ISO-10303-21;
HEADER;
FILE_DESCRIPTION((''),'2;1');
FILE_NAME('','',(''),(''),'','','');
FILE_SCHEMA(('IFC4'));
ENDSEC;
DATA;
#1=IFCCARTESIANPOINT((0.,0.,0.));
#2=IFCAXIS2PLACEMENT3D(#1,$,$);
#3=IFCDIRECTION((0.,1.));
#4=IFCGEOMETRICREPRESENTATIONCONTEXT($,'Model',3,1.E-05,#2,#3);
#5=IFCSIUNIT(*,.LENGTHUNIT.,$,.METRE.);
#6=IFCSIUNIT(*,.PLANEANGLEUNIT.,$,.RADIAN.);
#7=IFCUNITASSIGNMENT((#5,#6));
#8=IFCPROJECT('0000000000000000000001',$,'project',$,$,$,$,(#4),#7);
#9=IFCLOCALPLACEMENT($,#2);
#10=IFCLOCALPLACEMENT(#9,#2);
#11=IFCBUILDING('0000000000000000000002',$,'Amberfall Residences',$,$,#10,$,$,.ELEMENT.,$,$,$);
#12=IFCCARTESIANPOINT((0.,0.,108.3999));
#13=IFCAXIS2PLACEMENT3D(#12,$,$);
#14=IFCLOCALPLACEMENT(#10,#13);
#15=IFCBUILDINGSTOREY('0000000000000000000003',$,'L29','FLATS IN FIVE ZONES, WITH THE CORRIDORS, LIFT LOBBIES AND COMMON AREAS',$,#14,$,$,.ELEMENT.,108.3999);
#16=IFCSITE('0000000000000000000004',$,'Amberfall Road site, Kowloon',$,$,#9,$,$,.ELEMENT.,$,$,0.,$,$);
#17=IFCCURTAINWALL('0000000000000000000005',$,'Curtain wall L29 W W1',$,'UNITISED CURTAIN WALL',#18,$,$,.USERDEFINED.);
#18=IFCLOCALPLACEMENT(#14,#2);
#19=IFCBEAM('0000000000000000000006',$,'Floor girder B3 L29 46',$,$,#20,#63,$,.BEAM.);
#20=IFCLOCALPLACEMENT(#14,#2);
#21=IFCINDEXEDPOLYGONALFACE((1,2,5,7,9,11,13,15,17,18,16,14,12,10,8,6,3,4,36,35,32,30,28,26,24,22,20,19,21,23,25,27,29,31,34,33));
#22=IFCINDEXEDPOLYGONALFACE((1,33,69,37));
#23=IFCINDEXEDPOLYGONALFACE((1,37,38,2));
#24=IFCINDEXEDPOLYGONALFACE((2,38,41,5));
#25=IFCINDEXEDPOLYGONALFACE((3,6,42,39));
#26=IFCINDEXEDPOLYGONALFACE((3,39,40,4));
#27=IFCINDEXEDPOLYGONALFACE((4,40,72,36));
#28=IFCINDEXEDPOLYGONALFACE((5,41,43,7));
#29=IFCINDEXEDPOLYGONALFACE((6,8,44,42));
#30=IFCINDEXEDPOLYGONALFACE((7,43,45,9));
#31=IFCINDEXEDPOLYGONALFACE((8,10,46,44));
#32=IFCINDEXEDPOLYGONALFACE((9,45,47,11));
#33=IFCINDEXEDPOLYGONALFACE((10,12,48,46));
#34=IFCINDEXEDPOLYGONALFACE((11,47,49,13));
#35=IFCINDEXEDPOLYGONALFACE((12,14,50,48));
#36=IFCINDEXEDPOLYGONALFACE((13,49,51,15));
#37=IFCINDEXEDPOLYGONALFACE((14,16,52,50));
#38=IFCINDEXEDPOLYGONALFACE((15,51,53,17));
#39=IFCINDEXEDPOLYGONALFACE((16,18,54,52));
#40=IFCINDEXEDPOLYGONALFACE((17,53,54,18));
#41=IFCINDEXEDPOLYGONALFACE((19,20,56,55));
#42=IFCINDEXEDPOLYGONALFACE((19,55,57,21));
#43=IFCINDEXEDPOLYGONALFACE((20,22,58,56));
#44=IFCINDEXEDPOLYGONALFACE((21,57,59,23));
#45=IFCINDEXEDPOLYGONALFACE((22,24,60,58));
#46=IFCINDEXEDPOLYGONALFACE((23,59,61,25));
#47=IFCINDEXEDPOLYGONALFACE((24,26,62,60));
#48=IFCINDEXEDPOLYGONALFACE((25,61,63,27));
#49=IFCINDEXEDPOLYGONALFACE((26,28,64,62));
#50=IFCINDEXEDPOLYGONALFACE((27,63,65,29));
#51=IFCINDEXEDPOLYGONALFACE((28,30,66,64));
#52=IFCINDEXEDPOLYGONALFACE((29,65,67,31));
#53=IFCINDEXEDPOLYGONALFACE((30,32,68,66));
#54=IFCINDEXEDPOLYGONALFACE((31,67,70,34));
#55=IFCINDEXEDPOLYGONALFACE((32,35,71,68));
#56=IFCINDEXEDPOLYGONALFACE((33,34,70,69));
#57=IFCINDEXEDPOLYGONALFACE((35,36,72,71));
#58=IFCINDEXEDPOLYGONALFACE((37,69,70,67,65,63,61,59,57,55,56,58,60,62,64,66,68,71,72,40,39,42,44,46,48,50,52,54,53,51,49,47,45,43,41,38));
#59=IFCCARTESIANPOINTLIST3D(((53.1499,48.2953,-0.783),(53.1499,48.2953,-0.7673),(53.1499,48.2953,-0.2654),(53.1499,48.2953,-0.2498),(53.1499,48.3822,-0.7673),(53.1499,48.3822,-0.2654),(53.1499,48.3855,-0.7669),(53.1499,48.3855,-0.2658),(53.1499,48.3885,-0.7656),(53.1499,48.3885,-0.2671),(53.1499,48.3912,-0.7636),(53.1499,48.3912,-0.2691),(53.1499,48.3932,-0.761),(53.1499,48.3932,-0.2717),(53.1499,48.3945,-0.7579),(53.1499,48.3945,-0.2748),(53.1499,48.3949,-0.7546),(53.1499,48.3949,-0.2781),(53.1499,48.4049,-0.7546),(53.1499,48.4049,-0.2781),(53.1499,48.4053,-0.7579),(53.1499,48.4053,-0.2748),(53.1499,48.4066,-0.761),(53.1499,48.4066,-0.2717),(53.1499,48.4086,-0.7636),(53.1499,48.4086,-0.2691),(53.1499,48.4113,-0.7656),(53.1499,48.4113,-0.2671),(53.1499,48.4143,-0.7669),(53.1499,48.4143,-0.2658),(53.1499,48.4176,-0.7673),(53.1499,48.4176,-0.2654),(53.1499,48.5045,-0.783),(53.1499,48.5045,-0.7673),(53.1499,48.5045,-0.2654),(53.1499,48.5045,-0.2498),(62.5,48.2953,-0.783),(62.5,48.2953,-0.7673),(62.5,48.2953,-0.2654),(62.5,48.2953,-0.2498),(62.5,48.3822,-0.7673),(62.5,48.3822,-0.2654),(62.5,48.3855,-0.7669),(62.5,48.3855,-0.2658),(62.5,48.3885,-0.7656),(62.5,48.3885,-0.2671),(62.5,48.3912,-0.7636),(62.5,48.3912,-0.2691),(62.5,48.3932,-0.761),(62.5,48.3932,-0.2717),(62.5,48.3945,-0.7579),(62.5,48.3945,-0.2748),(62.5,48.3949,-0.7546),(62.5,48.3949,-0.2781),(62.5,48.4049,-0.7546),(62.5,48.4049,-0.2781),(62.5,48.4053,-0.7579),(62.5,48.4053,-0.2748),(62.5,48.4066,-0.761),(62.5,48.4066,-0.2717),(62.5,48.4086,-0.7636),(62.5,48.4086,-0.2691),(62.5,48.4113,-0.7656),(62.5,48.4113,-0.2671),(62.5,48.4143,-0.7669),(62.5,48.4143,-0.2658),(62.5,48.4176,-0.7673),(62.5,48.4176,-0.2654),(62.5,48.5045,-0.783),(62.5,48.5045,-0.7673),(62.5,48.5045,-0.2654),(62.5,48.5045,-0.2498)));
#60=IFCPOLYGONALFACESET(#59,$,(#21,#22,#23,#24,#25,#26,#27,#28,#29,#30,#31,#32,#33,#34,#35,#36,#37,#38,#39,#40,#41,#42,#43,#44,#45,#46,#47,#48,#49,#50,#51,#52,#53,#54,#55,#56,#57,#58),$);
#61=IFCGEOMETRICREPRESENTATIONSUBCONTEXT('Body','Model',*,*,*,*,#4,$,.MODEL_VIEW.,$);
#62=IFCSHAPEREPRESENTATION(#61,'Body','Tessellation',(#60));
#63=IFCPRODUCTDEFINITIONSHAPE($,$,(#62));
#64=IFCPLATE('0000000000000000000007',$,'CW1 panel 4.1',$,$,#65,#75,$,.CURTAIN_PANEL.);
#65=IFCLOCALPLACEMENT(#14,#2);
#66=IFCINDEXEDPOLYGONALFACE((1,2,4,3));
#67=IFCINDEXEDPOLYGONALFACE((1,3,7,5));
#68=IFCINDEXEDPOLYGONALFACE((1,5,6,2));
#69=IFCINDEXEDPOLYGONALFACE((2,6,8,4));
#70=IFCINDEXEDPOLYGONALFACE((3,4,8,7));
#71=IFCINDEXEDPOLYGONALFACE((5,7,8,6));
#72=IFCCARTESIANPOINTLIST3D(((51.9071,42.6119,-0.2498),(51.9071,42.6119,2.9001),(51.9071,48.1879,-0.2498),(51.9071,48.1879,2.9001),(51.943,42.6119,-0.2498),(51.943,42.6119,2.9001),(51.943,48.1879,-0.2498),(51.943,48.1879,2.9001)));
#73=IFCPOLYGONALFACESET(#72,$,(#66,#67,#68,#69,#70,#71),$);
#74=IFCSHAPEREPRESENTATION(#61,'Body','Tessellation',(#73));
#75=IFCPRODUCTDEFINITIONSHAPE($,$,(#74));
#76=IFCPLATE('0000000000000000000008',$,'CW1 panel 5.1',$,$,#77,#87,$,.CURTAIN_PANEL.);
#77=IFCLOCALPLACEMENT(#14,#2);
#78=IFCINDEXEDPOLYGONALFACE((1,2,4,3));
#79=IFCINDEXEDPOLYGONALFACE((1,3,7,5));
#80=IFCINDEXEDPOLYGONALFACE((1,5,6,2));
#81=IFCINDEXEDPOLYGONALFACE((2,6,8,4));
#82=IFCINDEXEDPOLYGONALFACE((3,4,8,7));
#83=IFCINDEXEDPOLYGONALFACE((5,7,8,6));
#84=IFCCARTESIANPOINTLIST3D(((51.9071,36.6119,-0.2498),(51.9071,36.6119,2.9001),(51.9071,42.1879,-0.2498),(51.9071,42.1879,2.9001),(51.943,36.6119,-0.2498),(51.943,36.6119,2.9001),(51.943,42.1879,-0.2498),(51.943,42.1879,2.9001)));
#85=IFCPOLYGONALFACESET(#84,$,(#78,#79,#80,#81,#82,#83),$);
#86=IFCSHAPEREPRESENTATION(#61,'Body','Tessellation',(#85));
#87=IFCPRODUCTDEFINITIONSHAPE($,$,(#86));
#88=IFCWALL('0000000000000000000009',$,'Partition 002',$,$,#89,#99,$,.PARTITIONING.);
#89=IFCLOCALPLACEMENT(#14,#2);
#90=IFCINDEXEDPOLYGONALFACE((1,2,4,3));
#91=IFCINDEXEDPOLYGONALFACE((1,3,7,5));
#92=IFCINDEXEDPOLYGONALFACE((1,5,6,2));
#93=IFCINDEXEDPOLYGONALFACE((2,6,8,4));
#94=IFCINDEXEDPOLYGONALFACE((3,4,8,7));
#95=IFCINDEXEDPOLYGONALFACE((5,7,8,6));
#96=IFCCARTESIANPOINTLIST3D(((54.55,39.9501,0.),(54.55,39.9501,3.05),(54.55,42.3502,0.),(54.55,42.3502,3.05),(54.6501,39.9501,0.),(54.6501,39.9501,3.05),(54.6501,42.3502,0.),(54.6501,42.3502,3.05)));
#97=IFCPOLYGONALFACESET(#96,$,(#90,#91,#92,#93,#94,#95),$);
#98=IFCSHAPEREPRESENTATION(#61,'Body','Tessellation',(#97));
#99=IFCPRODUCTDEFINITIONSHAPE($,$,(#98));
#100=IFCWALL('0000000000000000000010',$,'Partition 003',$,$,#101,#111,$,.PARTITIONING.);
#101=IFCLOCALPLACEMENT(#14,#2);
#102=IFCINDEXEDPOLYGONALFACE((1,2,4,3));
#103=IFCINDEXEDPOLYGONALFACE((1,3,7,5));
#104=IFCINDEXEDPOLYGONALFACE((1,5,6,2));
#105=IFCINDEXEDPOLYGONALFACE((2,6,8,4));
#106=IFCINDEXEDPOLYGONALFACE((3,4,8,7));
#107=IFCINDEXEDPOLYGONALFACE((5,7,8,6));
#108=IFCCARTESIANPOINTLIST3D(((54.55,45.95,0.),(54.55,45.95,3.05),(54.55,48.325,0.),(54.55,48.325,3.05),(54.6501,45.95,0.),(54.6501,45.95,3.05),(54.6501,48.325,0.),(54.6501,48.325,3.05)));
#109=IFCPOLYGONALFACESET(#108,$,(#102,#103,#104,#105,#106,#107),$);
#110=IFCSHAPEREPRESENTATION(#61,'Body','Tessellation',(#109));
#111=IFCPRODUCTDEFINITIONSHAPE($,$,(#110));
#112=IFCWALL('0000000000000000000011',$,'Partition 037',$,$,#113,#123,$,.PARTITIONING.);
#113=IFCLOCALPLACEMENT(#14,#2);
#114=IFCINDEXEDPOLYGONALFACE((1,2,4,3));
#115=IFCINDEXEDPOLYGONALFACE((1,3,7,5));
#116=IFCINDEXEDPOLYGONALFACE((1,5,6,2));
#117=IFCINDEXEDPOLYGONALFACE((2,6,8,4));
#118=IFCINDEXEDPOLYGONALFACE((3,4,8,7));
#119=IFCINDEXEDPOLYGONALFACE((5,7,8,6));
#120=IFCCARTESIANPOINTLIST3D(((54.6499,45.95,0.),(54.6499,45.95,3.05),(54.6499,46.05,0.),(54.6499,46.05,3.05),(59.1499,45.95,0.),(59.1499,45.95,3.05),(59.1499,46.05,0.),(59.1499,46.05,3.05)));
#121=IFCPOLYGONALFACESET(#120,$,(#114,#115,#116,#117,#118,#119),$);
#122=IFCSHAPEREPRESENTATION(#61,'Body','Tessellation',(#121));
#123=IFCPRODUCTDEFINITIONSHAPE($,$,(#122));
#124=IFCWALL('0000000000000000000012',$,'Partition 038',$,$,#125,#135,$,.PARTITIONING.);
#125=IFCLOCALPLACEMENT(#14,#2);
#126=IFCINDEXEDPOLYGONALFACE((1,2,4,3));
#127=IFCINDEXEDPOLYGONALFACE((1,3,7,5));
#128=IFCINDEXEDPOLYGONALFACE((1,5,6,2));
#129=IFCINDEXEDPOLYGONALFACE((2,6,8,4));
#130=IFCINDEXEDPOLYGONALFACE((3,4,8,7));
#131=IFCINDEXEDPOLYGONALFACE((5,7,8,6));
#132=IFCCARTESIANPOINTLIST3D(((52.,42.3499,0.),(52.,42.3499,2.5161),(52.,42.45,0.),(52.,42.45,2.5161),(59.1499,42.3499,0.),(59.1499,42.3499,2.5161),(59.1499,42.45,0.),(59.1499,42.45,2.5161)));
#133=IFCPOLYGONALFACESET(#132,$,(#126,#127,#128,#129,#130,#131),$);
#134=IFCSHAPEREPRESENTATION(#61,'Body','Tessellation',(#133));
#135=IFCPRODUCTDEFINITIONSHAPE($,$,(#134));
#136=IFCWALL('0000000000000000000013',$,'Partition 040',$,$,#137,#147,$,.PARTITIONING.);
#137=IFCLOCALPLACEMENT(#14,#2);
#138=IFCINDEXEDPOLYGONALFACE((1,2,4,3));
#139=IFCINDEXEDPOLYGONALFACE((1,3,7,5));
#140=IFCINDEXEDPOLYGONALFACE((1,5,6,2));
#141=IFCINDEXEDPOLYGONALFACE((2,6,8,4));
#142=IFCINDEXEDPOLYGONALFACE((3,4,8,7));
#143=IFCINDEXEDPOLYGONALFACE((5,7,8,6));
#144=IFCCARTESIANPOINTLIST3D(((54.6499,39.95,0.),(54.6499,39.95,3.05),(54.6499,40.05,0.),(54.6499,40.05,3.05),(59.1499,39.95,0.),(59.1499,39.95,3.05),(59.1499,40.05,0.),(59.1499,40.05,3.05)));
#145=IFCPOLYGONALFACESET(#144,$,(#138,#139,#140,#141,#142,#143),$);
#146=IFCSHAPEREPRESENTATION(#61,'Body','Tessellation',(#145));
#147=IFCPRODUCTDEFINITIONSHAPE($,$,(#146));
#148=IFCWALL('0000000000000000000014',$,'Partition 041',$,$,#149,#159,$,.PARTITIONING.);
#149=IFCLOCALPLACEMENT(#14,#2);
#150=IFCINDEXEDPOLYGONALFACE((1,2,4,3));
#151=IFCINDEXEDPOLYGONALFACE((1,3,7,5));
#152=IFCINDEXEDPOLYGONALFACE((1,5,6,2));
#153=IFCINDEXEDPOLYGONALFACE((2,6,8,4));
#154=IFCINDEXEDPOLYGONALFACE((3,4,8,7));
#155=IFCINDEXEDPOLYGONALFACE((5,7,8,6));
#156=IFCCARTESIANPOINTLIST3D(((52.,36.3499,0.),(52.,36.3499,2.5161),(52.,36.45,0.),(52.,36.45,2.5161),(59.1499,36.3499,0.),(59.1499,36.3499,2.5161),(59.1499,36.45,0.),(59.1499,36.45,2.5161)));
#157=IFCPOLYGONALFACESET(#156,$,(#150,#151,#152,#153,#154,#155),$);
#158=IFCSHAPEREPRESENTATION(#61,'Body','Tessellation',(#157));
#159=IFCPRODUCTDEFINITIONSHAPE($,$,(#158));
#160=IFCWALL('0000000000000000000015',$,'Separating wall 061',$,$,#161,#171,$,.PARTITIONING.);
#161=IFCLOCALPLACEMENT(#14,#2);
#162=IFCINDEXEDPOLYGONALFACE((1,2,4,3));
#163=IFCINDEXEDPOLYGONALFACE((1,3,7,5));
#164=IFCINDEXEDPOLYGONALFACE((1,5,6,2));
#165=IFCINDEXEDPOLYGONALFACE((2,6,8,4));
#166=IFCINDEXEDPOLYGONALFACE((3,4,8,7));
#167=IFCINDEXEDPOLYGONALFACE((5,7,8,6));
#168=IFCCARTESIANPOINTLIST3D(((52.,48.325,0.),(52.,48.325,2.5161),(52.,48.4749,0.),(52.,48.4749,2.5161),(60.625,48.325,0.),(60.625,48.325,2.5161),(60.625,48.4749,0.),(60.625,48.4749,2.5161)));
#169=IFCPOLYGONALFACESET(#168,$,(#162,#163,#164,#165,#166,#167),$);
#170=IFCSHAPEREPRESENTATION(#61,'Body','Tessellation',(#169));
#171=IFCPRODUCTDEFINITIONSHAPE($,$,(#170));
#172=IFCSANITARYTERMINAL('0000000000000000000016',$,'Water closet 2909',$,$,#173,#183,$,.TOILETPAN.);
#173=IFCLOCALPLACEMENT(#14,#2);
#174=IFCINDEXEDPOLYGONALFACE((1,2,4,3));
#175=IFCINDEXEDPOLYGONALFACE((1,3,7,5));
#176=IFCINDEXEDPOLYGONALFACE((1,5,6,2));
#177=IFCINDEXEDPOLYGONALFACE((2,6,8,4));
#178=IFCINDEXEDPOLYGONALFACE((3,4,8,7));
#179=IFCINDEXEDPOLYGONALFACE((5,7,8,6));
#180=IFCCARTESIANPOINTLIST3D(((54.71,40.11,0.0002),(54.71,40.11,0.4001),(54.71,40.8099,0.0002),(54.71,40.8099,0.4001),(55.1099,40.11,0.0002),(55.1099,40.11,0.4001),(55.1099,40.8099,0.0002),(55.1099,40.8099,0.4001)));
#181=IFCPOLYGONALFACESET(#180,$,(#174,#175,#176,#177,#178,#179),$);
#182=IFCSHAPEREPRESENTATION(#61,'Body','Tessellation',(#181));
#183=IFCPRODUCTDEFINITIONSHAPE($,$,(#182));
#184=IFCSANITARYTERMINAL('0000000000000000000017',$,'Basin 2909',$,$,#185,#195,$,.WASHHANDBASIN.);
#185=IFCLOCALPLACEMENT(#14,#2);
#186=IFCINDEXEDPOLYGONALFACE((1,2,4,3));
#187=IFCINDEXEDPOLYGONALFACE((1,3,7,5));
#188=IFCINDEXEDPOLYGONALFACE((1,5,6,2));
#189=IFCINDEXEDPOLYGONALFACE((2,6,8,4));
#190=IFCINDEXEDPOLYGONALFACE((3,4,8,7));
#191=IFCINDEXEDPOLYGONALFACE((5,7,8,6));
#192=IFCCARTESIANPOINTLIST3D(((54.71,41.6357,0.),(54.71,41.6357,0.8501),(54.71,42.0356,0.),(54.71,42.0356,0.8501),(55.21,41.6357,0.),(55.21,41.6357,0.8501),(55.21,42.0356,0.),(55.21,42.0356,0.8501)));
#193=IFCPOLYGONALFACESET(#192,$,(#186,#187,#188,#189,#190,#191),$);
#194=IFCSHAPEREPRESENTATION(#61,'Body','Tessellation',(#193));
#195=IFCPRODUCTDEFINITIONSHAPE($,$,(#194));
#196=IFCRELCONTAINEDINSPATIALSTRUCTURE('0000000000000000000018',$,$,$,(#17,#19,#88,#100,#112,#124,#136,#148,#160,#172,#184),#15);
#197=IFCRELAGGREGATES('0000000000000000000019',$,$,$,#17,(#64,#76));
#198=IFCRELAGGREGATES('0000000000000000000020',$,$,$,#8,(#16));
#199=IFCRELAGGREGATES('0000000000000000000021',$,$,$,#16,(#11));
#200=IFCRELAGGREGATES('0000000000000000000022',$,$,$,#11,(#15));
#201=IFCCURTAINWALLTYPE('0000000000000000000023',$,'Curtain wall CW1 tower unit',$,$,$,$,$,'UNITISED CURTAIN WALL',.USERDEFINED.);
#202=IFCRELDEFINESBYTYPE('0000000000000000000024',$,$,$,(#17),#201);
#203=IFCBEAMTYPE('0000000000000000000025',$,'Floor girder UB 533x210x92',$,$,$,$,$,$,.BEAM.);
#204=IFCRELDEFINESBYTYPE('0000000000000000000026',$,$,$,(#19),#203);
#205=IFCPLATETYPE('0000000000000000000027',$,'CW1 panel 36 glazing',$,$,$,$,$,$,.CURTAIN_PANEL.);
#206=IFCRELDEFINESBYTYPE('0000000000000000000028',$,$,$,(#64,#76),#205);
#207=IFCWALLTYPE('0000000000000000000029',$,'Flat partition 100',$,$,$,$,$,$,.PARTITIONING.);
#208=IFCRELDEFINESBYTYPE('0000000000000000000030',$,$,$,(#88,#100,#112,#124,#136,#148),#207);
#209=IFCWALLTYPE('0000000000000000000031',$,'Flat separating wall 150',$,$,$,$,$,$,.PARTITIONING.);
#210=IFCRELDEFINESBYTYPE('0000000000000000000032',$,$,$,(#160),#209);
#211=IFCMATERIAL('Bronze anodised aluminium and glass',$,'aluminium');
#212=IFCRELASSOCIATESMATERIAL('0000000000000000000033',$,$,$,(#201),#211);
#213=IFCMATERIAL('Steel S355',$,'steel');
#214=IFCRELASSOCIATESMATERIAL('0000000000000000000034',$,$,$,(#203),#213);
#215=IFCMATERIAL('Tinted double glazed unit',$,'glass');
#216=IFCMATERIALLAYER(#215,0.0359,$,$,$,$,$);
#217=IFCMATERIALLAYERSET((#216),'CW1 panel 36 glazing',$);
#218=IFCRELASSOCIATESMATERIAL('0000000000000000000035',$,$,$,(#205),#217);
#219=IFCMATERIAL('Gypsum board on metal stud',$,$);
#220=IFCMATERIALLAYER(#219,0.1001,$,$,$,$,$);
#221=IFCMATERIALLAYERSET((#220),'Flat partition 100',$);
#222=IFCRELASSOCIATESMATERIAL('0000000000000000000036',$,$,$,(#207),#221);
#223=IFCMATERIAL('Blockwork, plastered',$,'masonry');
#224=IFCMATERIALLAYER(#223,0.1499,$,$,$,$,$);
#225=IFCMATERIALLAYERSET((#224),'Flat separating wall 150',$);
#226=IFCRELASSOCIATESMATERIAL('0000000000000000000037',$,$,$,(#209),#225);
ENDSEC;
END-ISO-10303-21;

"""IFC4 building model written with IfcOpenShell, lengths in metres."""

from ifc_helpers import new_model, si_unit, direction, frame, frame_2d, origin, origin_2d, place, context, subcontext, project, spatial, rectangle, i_section, extrude, material, layer, layer_set, material_profile, profile_set, type_object, element, aggregate, save


model = new_model("IFC4")

# Units and contexts
model_context = context("Model", 3, precision=1e-05, world=origin(), true_north=direction((0.0, 1.0)))
body_context = subcontext(model_context, "Body", "Model", "MODEL_VIEW")
ifc_project = project(units=[si_unit("LENGTHUNIT", "METRE"), si_unit("PLANEANGLEUNIT", "RADIAN")], contexts=[model_context])

# Site, building, storey
site_placement = place(None, origin())
site = spatial("IfcSite", under=ifc_project, at=site_placement, Name="Amberfall Road site, Kowloon", CompositionType="ELEMENT", RefElevation=0.0)
building_placement = place(site_placement, origin())
building = spatial("IfcBuilding", under=site, at=building_placement, Name="Amberfall Residences", CompositionType="ELEMENT")
storey_placement = place(building_placement, frame((0.0, 0.0, 108.3999)))
storey = spatial("IfcBuildingStorey", under=building, at=storey_placement, Name="L29", Description="FLATS IN FIVE ZONES, WITH THE CORRIDORS, LIFT LOBBIES AND COMMON AREAS", CompositionType="ELEMENT", Elevation=108.3999)

# Curtain wall
ifc_material_1 = material(Name="Bronze anodised aluminium and glass", Category="aluminium")
curtain_wall_type = type_object("IfcCurtainWallType", Name="Curtain wall CW1 tower unit", ElementType="UNITISED CURTAIN WALL", PredefinedType="USERDEFINED", material=ifc_material_1)
curtain_wall_placement = place(storey_placement, origin())
curtain_wall = element("IfcCurtainWall", 1, at=curtain_wall_placement, inside=storey, type_object=curtain_wall_type, Name="Curtain wall L29 W W1", ObjectType="UNITISED CURTAIN WALL", PredefinedType="USERDEFINED")

# Shared definitions
ifc_material_2 = material(Name="Steel S355", Category="steel")

# Beam
ifc_material_profile_1 = material_profile(ifc_material_2, i_section(OverallWidth=0.2092, OverallDepth=0.5332, WebThickness=0.01, FlangeThickness=0.0156, FilletRadius=0.0127, at=origin_2d()), Name="UB 533x210x92")
ifc_profile_set_1 = profile_set([ifc_material_profile_1], Name="Steel S355")
beam_type_1 = type_object("IfcBeamType", Name="Floor girder UB 533x210x92", PredefinedType="BEAM", material=ifc_profile_set_1)
for number, where, z_axis, x_axis, name in (
    (2, (53.1499, 48.3999, -0.5164), (1.0, 0.0, 0.0), (0.0, 1.0, 0.0), "Floor girder B3 L29 46"),
):
    element("IfcBeam", number, at=place(storey_placement, frame(where, z_axis=z_axis, x_axis=x_axis)), inside=storey, type_object=beam_type_1, Name=name, PredefinedType="BEAM", context=body_context, shape_type="SweptSolid", body=[
        extrude(i_section(OverallWidth=0.2092, OverallDepth=0.5332, WebThickness=0.01, FlangeThickness=0.0156, FilletRadius=0.0127, at=origin_2d()), origin(), (0.0, 0.0, 1.0), 9.3501),
    ])

# Plates
ifc_material_3 = material(Name="Tinted double glazed unit", Category="glass")
ifc_layer_1 = layer(ifc_material_3, 0.0359)
ifc_layer_set_1 = layer_set([ifc_layer_1], Name="CW1 panel 36 glazing")
plate_type = type_object("IfcPlateType", Name="CW1 panel 36 glazing", PredefinedType="CURTAIN_PANEL", material=ifc_layer_set_1)
plate_1_placement = place(storey_placement, frame((51.925, 45.3999, -0.2498), z_axis=(0.0, 0.0, 1.0), x_axis=(0.0, -1.0, 0.0)))
plate_1 = element("IfcPlate", 3, at=plate_1_placement, type_object=plate_type, Name="CW1 panel 4.1", PredefinedType="CURTAIN_PANEL", context=body_context, shape_type="SweptSolid", body=[
    extrude(rectangle(XDim=5.5759, YDim=0.0359, at=origin_2d()), origin(), (0.0, 0.0, 1.0), 3.1499),
])
plate_2_placement = place(storey_placement, frame((51.925, 39.3999, -0.2498), z_axis=(0.0, 0.0, 1.0), x_axis=(0.0, -1.0, 0.0)))
plate_2 = element("IfcPlate", 4, at=plate_2_placement, type_object=plate_type, Name="CW1 panel 5.1", PredefinedType="CURTAIN_PANEL", context=body_context, shape_type="SweptSolid", body=[
    extrude(rectangle(XDim=5.5759, YDim=0.0359, at=origin_2d()), origin(), (0.0, 0.0, 1.0), 3.1499),
])
aggregate(curtain_wall, [plate_1, plate_2])

# Walls
ifc_material_4 = material(Name="Gypsum board on metal stud")
ifc_layer_2 = layer(ifc_material_4, 0.1001)
ifc_layer_set_2 = layer_set([ifc_layer_2], Name="Flat partition 100")
wall_type_1 = type_object("IfcWallType", Name="Flat partition 100", PredefinedType="PARTITIONING", material=ifc_layer_set_2)
wall_1_placement = place(storey_placement, frame((54.6001, 39.95, 0.0), z_axis=(0.0, 0.0, 1.0), x_axis=(0.0, 1.0, 0.0)))
element("IfcWall", 5, at=wall_1_placement, inside=storey, type_object=wall_type_1, Name="Partition 002", PredefinedType="PARTITIONING", context=body_context, shape_type="SweptSolid", body=[
    extrude(rectangle(XDim=2.4001, YDim=0.1001, at=frame_2d((1.2002, 0.0))), origin(), (0.0, 0.0, 1.0), 3.05),
])
wall_2_placement = place(storey_placement, frame((54.6001, 45.95, 0.0), z_axis=(0.0, 0.0, 1.0), x_axis=(0.0, 1.0, 0.0)))
element("IfcWall", 6, at=wall_2_placement, inside=storey, type_object=wall_type_1, Name="Partition 003", PredefinedType="PARTITIONING", context=body_context, shape_type="SweptSolid", body=[
    extrude(rectangle(XDim=2.375, YDim=0.1001, at=frame_2d((1.1875, 0.0))), origin(), (0.0, 0.0, 1.0), 3.05),
])
wall_3_placement = place(storey_placement, frame((54.6499, 46.0, 0.0), z_axis=(0.0, 0.0, 1.0), x_axis=(1.0, 0.0, 0.0)))
element("IfcWall", 7, at=wall_3_placement, inside=storey, type_object=wall_type_1, Name="Partition 037", PredefinedType="PARTITIONING", context=body_context, shape_type="SweptSolid", body=[
    extrude(rectangle(XDim=4.5, YDim=0.1001, at=frame_2d((2.25, 0.0))), origin(), (0.0, 0.0, 1.0), 3.05),
])
wall_4_placement = place(storey_placement, frame((52.0, 42.3999, 0.0), z_axis=(0.0, 0.0, 1.0), x_axis=(1.0, 0.0, 0.0)))
element("IfcWall", 8, at=wall_4_placement, inside=storey, type_object=wall_type_1, Name="Partition 038", PredefinedType="PARTITIONING", context=body_context, shape_type="SweptSolid", body=[
    extrude(rectangle(XDim=7.1499, YDim=0.1001, at=frame_2d((3.575, 0.0))), origin(), (0.0, 0.0, 1.0), 2.5161),
])
wall_5_placement = place(storey_placement, frame((54.6499, 40.0, 0.0), z_axis=(0.0, 0.0, 1.0), x_axis=(1.0, 0.0, 0.0)))
element("IfcWall", 9, at=wall_5_placement, inside=storey, type_object=wall_type_1, Name="Partition 040", PredefinedType="PARTITIONING", context=body_context, shape_type="SweptSolid", body=[
    extrude(rectangle(XDim=4.5, YDim=0.1001, at=frame_2d((2.25, 0.0))), origin(), (0.0, 0.0, 1.0), 3.05),
])
wall_6_placement = place(storey_placement, frame((52.0, 36.3999, 0.0), z_axis=(0.0, 0.0, 1.0), x_axis=(1.0, 0.0, 0.0)))
element("IfcWall", 10, at=wall_6_placement, inside=storey, type_object=wall_type_1, Name="Partition 041", PredefinedType="PARTITIONING", context=body_context, shape_type="SweptSolid", body=[
    extrude(rectangle(XDim=7.1499, YDim=0.1001, at=frame_2d((3.575, 0.0))), origin(), (0.0, 0.0, 1.0), 2.5161),
])
ifc_material_5 = material(Name="Blockwork, plastered", Category="masonry")
ifc_layer_3 = layer(ifc_material_5, 0.1499)
ifc_layer_set_3 = layer_set([ifc_layer_3], Name="Flat separating wall 150")
wall_type_2 = type_object("IfcWallType", Name="Flat separating wall 150", PredefinedType="PARTITIONING", material=ifc_layer_set_3)
wall_7_placement = place(storey_placement, frame((52.0, 48.3999, 0.0), z_axis=(0.0, 0.0, 1.0), x_axis=(1.0, 0.0, 0.0)))
element("IfcWall", 11, at=wall_7_placement, inside=storey, type_object=wall_type_2, Name="Separating wall 061", PredefinedType="PARTITIONING", context=body_context, shape_type="SweptSolid", body=[
    extrude(rectangle(XDim=8.625, YDim=0.1499, at=frame_2d((4.3125, 0.0))), origin(), (0.0, 0.0, 1.0), 2.5161),
])

# Sanitary terminals
sanitary_terminal_1_placement = place(storey_placement, frame((54.9099, 40.46, 0.0002), z_axis=(0.0, 0.0, 1.0), x_axis=(1.0, 0.0, 0.0)))
element("IfcSanitaryTerminal", 12, at=sanitary_terminal_1_placement, inside=storey, Name="Water closet 2909", PredefinedType="TOILETPAN", context=body_context, shape_type="SweptSolid", body=[
    extrude(rectangle(XDim=0.3999, YDim=0.7, at=origin_2d()), origin(), (0.0, 0.0, 1.0), 0.3999),
])
sanitary_terminal_2_placement = place(storey_placement, frame((54.96, 41.8357, 0.0), z_axis=(0.0, 0.0, 1.0), x_axis=(1.0, 0.0, 0.0)))
element("IfcSanitaryTerminal", 13, at=sanitary_terminal_2_placement, inside=storey, Name="Basin 2909", PredefinedType="WASHHANDBASIN", context=body_context, shape_type="SweptSolid", body=[
    extrude(rectangle(XDim=0.5, YDim=0.3999, at=origin_2d()), origin(), (0.0, 0.0, 1.0), 0.8501),
])

save(model, "model.ifc")
